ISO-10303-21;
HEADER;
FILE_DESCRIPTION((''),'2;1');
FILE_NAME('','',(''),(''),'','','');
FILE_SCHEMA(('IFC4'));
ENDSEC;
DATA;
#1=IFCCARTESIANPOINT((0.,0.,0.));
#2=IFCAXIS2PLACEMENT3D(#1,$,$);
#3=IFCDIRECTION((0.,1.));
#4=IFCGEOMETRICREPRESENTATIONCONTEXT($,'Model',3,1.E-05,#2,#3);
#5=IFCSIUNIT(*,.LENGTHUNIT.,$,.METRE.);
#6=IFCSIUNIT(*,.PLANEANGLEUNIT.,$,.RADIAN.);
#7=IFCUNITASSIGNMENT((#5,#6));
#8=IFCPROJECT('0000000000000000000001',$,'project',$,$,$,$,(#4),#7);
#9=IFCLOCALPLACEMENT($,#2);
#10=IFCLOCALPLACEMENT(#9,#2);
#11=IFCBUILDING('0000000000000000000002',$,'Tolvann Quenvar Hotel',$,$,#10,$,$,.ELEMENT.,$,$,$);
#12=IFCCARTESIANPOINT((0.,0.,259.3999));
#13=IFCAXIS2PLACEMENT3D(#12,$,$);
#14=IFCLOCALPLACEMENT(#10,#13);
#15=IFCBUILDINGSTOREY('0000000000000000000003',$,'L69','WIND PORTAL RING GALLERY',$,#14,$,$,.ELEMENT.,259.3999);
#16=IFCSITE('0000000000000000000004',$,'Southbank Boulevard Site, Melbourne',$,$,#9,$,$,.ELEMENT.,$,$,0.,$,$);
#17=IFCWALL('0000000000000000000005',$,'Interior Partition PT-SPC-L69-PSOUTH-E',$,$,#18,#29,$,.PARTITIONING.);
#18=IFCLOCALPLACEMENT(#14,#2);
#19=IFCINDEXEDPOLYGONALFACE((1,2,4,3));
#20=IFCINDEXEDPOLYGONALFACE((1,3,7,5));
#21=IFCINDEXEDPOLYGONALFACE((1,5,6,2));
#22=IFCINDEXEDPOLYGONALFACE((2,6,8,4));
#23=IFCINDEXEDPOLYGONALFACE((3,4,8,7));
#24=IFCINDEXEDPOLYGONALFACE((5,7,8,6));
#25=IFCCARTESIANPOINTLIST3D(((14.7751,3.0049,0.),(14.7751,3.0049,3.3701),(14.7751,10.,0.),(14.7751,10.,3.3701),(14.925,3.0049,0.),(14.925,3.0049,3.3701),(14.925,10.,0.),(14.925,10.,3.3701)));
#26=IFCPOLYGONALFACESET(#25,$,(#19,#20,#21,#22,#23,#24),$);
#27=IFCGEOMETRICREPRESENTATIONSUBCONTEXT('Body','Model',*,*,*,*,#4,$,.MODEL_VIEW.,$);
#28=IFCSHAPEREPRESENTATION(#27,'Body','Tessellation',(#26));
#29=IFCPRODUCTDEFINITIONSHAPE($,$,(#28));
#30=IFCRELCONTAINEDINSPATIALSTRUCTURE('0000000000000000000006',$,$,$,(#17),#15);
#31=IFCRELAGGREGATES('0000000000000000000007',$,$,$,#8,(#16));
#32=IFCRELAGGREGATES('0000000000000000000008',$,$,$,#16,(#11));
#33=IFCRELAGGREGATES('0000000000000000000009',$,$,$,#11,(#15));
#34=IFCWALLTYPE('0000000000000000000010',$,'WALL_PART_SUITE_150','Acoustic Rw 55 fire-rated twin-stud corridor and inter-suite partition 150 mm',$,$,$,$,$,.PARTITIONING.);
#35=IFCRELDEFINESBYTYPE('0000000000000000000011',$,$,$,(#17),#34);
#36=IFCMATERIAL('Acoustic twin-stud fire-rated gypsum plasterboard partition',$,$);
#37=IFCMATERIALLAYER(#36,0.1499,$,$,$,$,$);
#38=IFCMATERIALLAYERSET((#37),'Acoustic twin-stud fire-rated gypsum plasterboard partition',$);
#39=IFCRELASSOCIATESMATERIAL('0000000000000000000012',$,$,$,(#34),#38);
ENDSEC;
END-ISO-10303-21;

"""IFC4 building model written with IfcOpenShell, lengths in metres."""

from ifc_helpers import new_model, si_unit, direction, frame, frame_2d, origin, place, context, subcontext, project, spatial, rectangle, extrude, material, layer, layer_set, type_object, element, save


model = new_model("IFC4")

# Units and contexts
model_context = context("Model", 3, precision=1e-05, world=origin(), true_north=direction((0.0, 1.0)))
body_context = subcontext(model_context, "Body", "Model", "MODEL_VIEW")
ifc_project = project(units=[si_unit("LENGTHUNIT", "METRE"), si_unit("PLANEANGLEUNIT", "RADIAN")], contexts=[model_context])

# Site, building, storey
site_placement = place(None, origin())
site = spatial("IfcSite", under=ifc_project, at=site_placement, Name="Southbank Boulevard Site, Melbourne", CompositionType="ELEMENT", RefElevation=0.0)
building_placement = place(site_placement, origin())
building = spatial("IfcBuilding", under=site, at=building_placement, Name="Tolvann Quenvar Hotel", CompositionType="ELEMENT")
storey_placement = place(building_placement, frame((0.0, 0.0, 259.3999)))
storey = spatial("IfcBuildingStorey", under=building, at=storey_placement, Name="L69", Description="WIND PORTAL RING GALLERY", CompositionType="ELEMENT", Elevation=259.3999)

# Shared definitions
ifc_material_1 = material(Name="Acoustic twin-stud fire-rated gypsum plasterboard partition")
ifc_layer_1 = layer(ifc_material_1, 0.1499)
ifc_layer_set_1 = layer_set([ifc_layer_1], Name="Acoustic twin-stud fire-rated gypsum plasterboard partition")
wall_type = type_object("IfcWallType", Name="WALL_PART_SUITE_150", Description="Acoustic Rw 55 fire-rated twin-stud corridor and inter-suite partition 150 mm", PredefinedType="PARTITIONING", material=ifc_layer_set_1)

# Wall
wall_1_placement = place(storey_placement, frame((14.8501, 3.0049, 0.0), z_axis=(0.0, 0.0, 1.0), x_axis=(0.0, 1.0, 0.0)))
element("IfcWall", 1, at=wall_1_placement, inside=storey, type_object=wall_type, Name="Interior Partition PT-SPC-L69-PSOUTH-E", PredefinedType="PARTITIONING", context=body_context, shape_type="SweptSolid", body=[
    extrude(rectangle(XDim=6.9951, YDim=0.1499, at=frame_2d((3.4976, 0.0))), origin(), (0.0, 0.0, 1.0), 3.3701),
])

save(model, "model.ifc")
